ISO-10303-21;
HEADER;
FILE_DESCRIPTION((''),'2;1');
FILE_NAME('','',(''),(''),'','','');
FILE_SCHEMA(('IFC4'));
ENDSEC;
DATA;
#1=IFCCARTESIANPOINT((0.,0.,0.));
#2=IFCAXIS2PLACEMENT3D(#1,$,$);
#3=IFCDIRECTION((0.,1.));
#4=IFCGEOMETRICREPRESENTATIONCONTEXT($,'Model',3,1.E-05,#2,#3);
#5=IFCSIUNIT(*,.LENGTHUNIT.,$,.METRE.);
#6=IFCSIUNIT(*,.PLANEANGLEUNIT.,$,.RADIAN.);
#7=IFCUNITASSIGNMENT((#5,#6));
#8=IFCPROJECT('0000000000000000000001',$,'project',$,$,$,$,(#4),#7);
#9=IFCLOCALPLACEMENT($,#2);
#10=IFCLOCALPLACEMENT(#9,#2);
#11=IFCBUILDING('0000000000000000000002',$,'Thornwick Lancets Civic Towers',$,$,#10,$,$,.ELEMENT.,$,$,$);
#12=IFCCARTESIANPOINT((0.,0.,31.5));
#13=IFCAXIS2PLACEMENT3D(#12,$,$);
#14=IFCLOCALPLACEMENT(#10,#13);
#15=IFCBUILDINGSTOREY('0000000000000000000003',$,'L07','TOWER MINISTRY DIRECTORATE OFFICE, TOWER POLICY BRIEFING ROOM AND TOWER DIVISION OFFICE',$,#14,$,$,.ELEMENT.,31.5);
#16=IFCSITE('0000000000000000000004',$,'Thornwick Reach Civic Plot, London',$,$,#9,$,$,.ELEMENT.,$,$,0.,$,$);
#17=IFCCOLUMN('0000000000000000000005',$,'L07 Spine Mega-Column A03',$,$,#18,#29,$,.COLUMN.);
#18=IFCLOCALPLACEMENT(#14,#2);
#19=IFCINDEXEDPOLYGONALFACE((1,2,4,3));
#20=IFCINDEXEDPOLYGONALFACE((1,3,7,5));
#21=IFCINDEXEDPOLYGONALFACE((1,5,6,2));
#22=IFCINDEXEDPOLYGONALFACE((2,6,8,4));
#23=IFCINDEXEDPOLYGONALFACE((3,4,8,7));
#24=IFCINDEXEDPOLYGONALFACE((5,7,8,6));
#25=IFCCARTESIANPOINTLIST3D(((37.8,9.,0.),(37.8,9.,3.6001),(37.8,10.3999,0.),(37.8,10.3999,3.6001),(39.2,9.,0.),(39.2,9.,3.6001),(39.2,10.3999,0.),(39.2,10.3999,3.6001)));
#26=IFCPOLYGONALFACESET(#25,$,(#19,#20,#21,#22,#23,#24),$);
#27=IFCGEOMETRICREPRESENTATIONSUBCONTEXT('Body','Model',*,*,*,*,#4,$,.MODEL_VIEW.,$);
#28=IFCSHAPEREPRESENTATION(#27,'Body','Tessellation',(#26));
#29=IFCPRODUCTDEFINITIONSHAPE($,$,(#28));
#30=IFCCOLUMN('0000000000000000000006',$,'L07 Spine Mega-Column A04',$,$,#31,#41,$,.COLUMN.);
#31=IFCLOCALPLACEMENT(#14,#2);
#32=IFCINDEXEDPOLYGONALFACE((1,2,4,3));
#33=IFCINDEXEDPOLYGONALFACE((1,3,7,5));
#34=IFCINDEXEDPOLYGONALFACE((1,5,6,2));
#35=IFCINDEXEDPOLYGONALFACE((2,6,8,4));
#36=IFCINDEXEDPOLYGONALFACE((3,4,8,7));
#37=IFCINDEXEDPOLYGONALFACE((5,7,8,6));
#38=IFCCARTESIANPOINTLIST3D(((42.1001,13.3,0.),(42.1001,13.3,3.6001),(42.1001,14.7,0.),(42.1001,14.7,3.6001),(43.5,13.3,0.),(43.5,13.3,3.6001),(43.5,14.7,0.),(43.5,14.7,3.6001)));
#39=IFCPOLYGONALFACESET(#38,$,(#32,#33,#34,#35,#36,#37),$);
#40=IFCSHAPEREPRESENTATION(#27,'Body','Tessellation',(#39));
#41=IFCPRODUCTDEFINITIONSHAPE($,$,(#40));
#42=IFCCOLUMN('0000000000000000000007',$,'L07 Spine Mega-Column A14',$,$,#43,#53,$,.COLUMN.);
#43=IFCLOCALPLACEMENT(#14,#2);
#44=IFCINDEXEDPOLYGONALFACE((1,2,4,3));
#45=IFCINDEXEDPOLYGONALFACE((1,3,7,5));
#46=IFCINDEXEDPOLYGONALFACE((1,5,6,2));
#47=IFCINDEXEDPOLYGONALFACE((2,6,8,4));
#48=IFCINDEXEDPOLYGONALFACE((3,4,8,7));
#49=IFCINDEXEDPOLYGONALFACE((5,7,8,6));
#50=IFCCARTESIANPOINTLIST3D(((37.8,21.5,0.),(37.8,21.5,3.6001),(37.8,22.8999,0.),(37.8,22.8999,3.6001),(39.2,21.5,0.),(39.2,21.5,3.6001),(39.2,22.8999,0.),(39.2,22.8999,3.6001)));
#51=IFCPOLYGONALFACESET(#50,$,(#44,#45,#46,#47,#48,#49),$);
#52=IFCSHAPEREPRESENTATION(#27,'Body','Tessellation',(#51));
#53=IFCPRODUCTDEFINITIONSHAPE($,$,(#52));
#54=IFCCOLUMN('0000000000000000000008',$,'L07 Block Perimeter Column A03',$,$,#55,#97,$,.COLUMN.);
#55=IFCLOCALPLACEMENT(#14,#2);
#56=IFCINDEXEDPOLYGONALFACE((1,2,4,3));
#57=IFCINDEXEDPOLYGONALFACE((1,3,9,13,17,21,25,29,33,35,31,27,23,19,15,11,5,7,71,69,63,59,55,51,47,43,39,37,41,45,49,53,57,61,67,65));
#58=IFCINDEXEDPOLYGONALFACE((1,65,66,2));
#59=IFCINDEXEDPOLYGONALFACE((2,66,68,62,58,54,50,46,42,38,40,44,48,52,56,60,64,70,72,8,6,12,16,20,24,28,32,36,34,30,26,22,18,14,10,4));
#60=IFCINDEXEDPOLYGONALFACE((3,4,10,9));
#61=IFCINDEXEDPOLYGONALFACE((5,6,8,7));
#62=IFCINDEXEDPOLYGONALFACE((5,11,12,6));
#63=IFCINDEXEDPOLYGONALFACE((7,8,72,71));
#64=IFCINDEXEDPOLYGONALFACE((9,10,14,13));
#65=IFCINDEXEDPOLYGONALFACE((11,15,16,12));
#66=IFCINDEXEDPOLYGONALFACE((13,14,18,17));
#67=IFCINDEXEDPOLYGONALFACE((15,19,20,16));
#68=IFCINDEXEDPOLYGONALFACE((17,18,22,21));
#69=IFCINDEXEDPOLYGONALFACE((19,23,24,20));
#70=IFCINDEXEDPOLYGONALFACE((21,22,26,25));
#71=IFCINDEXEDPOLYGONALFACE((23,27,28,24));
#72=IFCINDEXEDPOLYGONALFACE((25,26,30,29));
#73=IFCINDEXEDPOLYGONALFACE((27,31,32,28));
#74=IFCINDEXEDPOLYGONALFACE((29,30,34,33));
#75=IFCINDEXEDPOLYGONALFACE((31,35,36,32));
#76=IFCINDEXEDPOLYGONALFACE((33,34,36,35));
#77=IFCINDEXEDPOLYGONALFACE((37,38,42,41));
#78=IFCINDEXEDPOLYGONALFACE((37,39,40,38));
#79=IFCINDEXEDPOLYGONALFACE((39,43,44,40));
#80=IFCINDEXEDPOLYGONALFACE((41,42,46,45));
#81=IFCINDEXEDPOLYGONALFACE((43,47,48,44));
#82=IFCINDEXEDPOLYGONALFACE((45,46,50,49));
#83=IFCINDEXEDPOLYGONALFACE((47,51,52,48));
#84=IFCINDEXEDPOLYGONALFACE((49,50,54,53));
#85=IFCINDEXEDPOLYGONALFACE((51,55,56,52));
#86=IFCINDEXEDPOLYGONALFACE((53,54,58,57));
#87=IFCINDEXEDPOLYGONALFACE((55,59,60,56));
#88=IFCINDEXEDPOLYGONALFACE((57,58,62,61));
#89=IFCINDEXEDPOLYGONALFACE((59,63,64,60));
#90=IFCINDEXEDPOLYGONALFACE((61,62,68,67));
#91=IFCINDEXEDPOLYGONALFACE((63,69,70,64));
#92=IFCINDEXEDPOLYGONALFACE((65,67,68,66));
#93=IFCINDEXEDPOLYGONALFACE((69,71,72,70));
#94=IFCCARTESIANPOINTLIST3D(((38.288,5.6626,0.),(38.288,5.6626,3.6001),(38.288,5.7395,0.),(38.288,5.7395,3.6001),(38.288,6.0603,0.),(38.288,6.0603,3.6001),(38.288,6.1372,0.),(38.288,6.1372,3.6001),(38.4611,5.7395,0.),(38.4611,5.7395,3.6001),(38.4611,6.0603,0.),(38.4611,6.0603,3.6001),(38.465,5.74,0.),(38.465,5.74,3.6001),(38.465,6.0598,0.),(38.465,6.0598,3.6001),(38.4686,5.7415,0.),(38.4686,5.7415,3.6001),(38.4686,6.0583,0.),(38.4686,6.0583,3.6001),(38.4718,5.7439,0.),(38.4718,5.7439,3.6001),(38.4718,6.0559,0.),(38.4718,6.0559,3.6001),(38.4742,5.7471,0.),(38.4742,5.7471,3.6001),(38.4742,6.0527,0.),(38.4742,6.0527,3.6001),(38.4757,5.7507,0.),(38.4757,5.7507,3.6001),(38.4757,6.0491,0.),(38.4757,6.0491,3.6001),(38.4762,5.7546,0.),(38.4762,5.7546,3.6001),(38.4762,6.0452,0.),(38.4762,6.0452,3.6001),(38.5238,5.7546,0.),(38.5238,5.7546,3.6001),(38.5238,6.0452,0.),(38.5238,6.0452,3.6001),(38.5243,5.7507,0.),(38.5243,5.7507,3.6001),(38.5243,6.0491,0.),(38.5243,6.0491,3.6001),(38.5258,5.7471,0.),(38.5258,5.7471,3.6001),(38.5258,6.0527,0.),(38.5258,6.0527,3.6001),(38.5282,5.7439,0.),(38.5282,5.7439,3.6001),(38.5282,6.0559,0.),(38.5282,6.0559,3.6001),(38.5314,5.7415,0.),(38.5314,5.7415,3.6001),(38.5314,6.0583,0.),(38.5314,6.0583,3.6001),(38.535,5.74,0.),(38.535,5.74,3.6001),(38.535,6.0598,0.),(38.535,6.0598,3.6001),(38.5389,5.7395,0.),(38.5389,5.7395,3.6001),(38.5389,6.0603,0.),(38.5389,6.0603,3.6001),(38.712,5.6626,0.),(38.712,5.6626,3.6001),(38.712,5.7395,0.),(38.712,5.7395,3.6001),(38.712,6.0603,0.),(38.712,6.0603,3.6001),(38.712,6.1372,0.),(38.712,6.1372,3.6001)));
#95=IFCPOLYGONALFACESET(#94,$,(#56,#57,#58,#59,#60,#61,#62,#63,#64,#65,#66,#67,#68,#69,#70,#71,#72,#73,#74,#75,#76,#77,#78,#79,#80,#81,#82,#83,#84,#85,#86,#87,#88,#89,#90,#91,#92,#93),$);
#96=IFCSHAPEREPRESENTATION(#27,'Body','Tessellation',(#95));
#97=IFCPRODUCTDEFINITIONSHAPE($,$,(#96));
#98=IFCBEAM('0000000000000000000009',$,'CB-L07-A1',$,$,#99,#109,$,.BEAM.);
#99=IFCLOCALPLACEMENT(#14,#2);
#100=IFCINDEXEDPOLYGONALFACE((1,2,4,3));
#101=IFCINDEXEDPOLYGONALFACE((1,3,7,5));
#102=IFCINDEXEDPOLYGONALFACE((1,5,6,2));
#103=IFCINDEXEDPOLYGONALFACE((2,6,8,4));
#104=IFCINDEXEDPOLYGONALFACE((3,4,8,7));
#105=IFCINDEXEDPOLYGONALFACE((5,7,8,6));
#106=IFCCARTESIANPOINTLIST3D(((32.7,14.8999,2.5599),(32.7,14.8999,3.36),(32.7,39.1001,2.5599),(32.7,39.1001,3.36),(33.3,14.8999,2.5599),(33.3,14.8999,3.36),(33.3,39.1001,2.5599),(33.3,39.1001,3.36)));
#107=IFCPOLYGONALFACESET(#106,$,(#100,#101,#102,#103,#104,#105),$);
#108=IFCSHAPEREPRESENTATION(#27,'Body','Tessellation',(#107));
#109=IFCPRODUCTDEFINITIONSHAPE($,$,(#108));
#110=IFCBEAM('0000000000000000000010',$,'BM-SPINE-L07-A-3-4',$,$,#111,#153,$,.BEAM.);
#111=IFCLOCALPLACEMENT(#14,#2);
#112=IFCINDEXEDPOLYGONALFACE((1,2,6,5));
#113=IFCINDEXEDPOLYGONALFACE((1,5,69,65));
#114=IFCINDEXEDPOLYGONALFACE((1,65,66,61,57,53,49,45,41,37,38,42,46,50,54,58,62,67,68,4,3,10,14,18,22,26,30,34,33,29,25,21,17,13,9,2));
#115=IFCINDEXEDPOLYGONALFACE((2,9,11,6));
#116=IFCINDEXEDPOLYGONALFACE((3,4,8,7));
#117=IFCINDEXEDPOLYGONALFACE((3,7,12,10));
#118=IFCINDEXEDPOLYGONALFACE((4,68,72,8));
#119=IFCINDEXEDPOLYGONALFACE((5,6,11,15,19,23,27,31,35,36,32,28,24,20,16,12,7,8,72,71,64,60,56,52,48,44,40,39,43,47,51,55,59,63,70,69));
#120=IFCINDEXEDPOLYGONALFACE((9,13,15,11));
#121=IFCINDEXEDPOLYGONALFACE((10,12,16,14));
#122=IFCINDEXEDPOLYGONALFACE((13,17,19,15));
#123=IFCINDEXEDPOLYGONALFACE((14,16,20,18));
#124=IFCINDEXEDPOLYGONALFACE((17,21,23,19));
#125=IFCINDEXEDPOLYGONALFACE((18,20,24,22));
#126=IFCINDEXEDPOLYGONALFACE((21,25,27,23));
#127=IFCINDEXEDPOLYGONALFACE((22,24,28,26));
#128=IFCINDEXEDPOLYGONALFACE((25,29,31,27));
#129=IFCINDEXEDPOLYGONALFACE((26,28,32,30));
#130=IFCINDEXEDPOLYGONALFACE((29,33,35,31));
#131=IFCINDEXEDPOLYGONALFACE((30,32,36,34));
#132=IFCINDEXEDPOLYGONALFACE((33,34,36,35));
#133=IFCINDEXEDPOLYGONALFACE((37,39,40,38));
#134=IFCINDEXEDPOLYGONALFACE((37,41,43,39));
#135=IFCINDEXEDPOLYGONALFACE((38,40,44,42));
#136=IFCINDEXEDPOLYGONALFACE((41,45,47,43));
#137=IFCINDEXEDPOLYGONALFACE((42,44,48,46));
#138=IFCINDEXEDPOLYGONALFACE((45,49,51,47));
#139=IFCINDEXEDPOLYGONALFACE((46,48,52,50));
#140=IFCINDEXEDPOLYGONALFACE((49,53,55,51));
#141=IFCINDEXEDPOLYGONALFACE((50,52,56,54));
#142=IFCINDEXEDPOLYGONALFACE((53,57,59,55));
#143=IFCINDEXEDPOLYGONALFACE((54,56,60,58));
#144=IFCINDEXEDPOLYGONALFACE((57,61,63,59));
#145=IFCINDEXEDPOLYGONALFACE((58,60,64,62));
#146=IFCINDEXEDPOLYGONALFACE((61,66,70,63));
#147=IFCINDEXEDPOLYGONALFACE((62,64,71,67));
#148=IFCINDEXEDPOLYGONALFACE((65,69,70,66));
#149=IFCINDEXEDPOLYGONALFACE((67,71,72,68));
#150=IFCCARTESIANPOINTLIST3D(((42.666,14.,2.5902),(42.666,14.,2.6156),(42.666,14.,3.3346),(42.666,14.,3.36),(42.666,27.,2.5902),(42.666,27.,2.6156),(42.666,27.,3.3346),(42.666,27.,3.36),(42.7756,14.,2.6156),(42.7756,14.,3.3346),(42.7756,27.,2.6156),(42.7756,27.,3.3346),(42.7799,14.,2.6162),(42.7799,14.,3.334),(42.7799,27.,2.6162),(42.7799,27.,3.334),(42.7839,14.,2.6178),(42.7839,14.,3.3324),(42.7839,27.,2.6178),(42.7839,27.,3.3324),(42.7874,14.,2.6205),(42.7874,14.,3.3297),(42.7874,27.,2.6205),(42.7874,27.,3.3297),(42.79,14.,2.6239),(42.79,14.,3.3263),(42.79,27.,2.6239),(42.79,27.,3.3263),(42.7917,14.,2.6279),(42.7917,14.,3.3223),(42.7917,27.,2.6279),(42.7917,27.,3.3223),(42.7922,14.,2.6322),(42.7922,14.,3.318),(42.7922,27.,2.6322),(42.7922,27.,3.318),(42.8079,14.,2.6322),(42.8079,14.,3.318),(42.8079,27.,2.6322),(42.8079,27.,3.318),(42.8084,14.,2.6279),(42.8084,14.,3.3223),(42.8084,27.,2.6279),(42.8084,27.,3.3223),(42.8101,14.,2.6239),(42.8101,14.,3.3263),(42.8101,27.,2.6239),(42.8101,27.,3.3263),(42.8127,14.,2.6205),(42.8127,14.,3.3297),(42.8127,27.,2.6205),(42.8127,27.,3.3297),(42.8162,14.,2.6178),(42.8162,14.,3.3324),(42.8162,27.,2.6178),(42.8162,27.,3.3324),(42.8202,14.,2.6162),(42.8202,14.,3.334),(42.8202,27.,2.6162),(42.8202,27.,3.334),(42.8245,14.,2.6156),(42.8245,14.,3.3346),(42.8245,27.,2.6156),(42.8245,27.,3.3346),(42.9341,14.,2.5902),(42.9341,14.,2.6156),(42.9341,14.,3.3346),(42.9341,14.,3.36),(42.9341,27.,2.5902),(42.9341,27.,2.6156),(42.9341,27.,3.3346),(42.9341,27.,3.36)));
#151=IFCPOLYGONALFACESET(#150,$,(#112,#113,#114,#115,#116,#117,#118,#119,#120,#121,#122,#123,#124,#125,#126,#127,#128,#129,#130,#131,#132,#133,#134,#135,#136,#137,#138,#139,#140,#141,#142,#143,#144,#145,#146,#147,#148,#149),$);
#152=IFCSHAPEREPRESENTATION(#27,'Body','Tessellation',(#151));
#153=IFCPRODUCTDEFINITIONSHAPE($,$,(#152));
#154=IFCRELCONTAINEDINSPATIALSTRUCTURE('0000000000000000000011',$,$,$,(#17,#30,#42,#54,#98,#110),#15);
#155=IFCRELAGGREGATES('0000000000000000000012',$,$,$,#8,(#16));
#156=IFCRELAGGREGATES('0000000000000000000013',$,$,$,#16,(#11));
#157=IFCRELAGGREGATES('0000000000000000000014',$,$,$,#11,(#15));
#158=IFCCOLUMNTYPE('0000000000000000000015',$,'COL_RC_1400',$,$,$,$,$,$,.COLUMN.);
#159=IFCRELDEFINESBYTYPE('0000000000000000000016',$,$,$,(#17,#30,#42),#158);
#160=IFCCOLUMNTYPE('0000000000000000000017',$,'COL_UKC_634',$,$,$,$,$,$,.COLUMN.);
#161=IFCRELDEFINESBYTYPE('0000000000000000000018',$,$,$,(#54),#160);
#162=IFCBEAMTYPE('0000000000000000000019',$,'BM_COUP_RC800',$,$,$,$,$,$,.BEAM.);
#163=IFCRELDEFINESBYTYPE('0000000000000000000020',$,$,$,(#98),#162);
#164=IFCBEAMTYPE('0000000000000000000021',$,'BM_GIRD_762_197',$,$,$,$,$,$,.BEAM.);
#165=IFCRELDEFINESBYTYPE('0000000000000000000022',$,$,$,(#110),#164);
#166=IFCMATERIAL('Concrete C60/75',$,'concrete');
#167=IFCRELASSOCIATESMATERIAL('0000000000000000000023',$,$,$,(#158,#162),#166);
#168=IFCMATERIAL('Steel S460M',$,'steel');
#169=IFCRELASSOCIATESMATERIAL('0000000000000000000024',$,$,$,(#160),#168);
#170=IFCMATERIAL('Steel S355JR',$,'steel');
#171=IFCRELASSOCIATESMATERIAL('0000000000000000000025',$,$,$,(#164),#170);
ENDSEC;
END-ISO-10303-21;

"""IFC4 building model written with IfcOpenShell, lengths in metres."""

from ifc_helpers import new_model, si_unit, direction, frame, origin, origin_2d, place, context, subcontext, project, spatial, rectangle, i_section, extrude, material, material_profile, profile_set, type_object, element, save


model = new_model("IFC4")

# Units and contexts
model_context = context("Model", 3, precision=1e-05, world=origin(), true_north=direction((0.0, 1.0)))
body_context = subcontext(model_context, "Body", "Model", "MODEL_VIEW")
ifc_project = project(units=[si_unit("LENGTHUNIT", "METRE"), si_unit("PLANEANGLEUNIT", "RADIAN")], contexts=[model_context])

# Site, building, storey
site_placement = place(None, origin())
site = spatial("IfcSite", under=ifc_project, at=site_placement, Name="Thornwick Reach Civic Plot, London", CompositionType="ELEMENT", RefElevation=0.0)
building_placement = place(site_placement, origin())
building = spatial("IfcBuilding", under=site, at=building_placement, Name="Thornwick Lancets Civic Towers", CompositionType="ELEMENT")
storey_placement = place(building_placement, frame((0.0, 0.0, 31.5)))
storey = spatial("IfcBuildingStorey", under=building, at=storey_placement, Name="L07", Description="TOWER MINISTRY DIRECTORATE OFFICE, TOWER POLICY BRIEFING ROOM AND TOWER DIVISION OFFICE", CompositionType="ELEMENT", Elevation=31.5)

# Columns
ifc_material_1 = material(Name="Concrete C60/75", Category="concrete")
ifc_material_profile_1 = material_profile(ifc_material_1, rectangle(XDim=1.3999, YDim=1.3999, at=origin_2d()), Name="RC 1400x1400")
ifc_profile_set_1 = profile_set([ifc_material_profile_1], Name="Concrete C60/75")
column_type_1 = type_object("IfcColumnType", Name="COL_RC_1400", PredefinedType="COLUMN", material=ifc_profile_set_1)
for number, where, z_axis, x_axis, name in (
    (1, (38.5, 9.7, 0.0), (0.0, 0.0, 1.0), (1.0, 0.0, 0.0), "L07 Spine Mega-Column A03"),
    (2, (42.8, 14.0, 0.0), (0.0, 0.0, 1.0), (1.0, 0.0, 0.0), "L07 Spine Mega-Column A04"),
    (3, (38.5, 22.2, 0.0), (0.0, 0.0, 1.0), (1.0, 0.0, 0.0), "L07 Spine Mega-Column A14"),
):
    element("IfcColumn", number, at=place(storey_placement, frame(where, z_axis=z_axis, x_axis=x_axis)), inside=storey, type_object=column_type_1, Name=name, PredefinedType="COLUMN", context=body_context, shape_type="SweptSolid", body=[
        extrude(rectangle(XDim=1.3999, YDim=1.3999, at=origin_2d()), origin(), (0.0, 0.0, 1.0), 3.6001),
    ])
ifc_material_2 = material(Name="Steel S460M", Category="steel")
ifc_material_profile_2 = material_profile(ifc_material_2, i_section(OverallWidth=0.4241, OverallDepth=0.4746, WebThickness=0.0476, FlangeThickness=0.0769, FilletRadius=0.0151, at=origin_2d()), Name="UKC 356x406x634")
ifc_profile_set_2 = profile_set([ifc_material_profile_2], Name="Steel S460M")
column_type_2 = type_object("IfcColumnType", Name="COL_UKC_634", PredefinedType="COLUMN", material=ifc_profile_set_2)
column_placement = place(storey_placement, frame((38.5, 5.8999, 0.0), z_axis=(0.0, 0.0, 1.0), x_axis=(1.0, 0.0, 0.0)))
element("IfcColumn", 4, at=column_placement, inside=storey, type_object=column_type_2, Name="L07 Block Perimeter Column A03", PredefinedType="COLUMN", context=body_context, shape_type="SweptSolid", body=[
    extrude(i_section(OverallWidth=0.4241, OverallDepth=0.4746, WebThickness=0.0476, FlangeThickness=0.0769, FilletRadius=0.0151, at=origin_2d()), origin(), (0.0, 0.0, 1.0), 3.6001),
])

# Beams
ifc_material_profile_3 = material_profile(ifc_material_1, rectangle(XDim=0.6001, YDim=0.8, at=origin_2d()), Name="RC 600x800")
ifc_profile_set_3 = profile_set([ifc_material_profile_3], Name="Concrete C60/75")
beam_type_1 = type_object("IfcBeamType", Name="BM_COUP_RC800", PredefinedType="BEAM", material=ifc_profile_set_3)
beam_1_placement = place(storey_placement, frame((33.0, 14.8999, 2.96), z_axis=(0.0, 1.0, 0.0), x_axis=(-1.0, 0.0, 0.0)))
element("IfcBeam", 5, at=beam_1_placement, inside=storey, type_object=beam_type_1, Name="CB-L07-A1", PredefinedType="BEAM", context=body_context, shape_type="SweptSolid", body=[
    extrude(rectangle(XDim=0.6001, YDim=0.8, at=origin_2d()), origin(), (0.0, 0.0, 1.0), 24.2002),
])
ifc_material_3 = material(Name="Steel S355JR", Category="steel")
ifc_material_profile_4 = material_profile(ifc_material_3, i_section(OverallWidth=0.2681, OverallDepth=0.7698, WebThickness=0.0156, FlangeThickness=0.0254, FilletRadius=0.0166, at=origin_2d()), Name="UKB 762x267x197")
ifc_profile_set_4 = profile_set([ifc_material_profile_4], Name="Steel S355JR")
beam_type_2 = type_object("IfcBeamType", Name="BM_GIRD_762_197", PredefinedType="BEAM", material=ifc_profile_set_4)
beam_2_placement = place(storey_placement, frame((42.8, 14.0, 2.9751), z_axis=(0.0, 1.0, 0.0), x_axis=(-1.0, 0.0, 0.0)))
element("IfcBeam", 6, at=beam_2_placement, inside=storey, type_object=beam_type_2, Name="BM-SPINE-L07-A-3-4", PredefinedType="BEAM", context=body_context, shape_type="SweptSolid", body=[
    extrude(i_section(OverallWidth=0.2681, OverallDepth=0.7698, WebThickness=0.0156, FlangeThickness=0.0254, FilletRadius=0.0166, at=origin_2d()), origin(), (0.0, 0.0, 1.0), 13.0),
])

save(model, "model.ifc")
